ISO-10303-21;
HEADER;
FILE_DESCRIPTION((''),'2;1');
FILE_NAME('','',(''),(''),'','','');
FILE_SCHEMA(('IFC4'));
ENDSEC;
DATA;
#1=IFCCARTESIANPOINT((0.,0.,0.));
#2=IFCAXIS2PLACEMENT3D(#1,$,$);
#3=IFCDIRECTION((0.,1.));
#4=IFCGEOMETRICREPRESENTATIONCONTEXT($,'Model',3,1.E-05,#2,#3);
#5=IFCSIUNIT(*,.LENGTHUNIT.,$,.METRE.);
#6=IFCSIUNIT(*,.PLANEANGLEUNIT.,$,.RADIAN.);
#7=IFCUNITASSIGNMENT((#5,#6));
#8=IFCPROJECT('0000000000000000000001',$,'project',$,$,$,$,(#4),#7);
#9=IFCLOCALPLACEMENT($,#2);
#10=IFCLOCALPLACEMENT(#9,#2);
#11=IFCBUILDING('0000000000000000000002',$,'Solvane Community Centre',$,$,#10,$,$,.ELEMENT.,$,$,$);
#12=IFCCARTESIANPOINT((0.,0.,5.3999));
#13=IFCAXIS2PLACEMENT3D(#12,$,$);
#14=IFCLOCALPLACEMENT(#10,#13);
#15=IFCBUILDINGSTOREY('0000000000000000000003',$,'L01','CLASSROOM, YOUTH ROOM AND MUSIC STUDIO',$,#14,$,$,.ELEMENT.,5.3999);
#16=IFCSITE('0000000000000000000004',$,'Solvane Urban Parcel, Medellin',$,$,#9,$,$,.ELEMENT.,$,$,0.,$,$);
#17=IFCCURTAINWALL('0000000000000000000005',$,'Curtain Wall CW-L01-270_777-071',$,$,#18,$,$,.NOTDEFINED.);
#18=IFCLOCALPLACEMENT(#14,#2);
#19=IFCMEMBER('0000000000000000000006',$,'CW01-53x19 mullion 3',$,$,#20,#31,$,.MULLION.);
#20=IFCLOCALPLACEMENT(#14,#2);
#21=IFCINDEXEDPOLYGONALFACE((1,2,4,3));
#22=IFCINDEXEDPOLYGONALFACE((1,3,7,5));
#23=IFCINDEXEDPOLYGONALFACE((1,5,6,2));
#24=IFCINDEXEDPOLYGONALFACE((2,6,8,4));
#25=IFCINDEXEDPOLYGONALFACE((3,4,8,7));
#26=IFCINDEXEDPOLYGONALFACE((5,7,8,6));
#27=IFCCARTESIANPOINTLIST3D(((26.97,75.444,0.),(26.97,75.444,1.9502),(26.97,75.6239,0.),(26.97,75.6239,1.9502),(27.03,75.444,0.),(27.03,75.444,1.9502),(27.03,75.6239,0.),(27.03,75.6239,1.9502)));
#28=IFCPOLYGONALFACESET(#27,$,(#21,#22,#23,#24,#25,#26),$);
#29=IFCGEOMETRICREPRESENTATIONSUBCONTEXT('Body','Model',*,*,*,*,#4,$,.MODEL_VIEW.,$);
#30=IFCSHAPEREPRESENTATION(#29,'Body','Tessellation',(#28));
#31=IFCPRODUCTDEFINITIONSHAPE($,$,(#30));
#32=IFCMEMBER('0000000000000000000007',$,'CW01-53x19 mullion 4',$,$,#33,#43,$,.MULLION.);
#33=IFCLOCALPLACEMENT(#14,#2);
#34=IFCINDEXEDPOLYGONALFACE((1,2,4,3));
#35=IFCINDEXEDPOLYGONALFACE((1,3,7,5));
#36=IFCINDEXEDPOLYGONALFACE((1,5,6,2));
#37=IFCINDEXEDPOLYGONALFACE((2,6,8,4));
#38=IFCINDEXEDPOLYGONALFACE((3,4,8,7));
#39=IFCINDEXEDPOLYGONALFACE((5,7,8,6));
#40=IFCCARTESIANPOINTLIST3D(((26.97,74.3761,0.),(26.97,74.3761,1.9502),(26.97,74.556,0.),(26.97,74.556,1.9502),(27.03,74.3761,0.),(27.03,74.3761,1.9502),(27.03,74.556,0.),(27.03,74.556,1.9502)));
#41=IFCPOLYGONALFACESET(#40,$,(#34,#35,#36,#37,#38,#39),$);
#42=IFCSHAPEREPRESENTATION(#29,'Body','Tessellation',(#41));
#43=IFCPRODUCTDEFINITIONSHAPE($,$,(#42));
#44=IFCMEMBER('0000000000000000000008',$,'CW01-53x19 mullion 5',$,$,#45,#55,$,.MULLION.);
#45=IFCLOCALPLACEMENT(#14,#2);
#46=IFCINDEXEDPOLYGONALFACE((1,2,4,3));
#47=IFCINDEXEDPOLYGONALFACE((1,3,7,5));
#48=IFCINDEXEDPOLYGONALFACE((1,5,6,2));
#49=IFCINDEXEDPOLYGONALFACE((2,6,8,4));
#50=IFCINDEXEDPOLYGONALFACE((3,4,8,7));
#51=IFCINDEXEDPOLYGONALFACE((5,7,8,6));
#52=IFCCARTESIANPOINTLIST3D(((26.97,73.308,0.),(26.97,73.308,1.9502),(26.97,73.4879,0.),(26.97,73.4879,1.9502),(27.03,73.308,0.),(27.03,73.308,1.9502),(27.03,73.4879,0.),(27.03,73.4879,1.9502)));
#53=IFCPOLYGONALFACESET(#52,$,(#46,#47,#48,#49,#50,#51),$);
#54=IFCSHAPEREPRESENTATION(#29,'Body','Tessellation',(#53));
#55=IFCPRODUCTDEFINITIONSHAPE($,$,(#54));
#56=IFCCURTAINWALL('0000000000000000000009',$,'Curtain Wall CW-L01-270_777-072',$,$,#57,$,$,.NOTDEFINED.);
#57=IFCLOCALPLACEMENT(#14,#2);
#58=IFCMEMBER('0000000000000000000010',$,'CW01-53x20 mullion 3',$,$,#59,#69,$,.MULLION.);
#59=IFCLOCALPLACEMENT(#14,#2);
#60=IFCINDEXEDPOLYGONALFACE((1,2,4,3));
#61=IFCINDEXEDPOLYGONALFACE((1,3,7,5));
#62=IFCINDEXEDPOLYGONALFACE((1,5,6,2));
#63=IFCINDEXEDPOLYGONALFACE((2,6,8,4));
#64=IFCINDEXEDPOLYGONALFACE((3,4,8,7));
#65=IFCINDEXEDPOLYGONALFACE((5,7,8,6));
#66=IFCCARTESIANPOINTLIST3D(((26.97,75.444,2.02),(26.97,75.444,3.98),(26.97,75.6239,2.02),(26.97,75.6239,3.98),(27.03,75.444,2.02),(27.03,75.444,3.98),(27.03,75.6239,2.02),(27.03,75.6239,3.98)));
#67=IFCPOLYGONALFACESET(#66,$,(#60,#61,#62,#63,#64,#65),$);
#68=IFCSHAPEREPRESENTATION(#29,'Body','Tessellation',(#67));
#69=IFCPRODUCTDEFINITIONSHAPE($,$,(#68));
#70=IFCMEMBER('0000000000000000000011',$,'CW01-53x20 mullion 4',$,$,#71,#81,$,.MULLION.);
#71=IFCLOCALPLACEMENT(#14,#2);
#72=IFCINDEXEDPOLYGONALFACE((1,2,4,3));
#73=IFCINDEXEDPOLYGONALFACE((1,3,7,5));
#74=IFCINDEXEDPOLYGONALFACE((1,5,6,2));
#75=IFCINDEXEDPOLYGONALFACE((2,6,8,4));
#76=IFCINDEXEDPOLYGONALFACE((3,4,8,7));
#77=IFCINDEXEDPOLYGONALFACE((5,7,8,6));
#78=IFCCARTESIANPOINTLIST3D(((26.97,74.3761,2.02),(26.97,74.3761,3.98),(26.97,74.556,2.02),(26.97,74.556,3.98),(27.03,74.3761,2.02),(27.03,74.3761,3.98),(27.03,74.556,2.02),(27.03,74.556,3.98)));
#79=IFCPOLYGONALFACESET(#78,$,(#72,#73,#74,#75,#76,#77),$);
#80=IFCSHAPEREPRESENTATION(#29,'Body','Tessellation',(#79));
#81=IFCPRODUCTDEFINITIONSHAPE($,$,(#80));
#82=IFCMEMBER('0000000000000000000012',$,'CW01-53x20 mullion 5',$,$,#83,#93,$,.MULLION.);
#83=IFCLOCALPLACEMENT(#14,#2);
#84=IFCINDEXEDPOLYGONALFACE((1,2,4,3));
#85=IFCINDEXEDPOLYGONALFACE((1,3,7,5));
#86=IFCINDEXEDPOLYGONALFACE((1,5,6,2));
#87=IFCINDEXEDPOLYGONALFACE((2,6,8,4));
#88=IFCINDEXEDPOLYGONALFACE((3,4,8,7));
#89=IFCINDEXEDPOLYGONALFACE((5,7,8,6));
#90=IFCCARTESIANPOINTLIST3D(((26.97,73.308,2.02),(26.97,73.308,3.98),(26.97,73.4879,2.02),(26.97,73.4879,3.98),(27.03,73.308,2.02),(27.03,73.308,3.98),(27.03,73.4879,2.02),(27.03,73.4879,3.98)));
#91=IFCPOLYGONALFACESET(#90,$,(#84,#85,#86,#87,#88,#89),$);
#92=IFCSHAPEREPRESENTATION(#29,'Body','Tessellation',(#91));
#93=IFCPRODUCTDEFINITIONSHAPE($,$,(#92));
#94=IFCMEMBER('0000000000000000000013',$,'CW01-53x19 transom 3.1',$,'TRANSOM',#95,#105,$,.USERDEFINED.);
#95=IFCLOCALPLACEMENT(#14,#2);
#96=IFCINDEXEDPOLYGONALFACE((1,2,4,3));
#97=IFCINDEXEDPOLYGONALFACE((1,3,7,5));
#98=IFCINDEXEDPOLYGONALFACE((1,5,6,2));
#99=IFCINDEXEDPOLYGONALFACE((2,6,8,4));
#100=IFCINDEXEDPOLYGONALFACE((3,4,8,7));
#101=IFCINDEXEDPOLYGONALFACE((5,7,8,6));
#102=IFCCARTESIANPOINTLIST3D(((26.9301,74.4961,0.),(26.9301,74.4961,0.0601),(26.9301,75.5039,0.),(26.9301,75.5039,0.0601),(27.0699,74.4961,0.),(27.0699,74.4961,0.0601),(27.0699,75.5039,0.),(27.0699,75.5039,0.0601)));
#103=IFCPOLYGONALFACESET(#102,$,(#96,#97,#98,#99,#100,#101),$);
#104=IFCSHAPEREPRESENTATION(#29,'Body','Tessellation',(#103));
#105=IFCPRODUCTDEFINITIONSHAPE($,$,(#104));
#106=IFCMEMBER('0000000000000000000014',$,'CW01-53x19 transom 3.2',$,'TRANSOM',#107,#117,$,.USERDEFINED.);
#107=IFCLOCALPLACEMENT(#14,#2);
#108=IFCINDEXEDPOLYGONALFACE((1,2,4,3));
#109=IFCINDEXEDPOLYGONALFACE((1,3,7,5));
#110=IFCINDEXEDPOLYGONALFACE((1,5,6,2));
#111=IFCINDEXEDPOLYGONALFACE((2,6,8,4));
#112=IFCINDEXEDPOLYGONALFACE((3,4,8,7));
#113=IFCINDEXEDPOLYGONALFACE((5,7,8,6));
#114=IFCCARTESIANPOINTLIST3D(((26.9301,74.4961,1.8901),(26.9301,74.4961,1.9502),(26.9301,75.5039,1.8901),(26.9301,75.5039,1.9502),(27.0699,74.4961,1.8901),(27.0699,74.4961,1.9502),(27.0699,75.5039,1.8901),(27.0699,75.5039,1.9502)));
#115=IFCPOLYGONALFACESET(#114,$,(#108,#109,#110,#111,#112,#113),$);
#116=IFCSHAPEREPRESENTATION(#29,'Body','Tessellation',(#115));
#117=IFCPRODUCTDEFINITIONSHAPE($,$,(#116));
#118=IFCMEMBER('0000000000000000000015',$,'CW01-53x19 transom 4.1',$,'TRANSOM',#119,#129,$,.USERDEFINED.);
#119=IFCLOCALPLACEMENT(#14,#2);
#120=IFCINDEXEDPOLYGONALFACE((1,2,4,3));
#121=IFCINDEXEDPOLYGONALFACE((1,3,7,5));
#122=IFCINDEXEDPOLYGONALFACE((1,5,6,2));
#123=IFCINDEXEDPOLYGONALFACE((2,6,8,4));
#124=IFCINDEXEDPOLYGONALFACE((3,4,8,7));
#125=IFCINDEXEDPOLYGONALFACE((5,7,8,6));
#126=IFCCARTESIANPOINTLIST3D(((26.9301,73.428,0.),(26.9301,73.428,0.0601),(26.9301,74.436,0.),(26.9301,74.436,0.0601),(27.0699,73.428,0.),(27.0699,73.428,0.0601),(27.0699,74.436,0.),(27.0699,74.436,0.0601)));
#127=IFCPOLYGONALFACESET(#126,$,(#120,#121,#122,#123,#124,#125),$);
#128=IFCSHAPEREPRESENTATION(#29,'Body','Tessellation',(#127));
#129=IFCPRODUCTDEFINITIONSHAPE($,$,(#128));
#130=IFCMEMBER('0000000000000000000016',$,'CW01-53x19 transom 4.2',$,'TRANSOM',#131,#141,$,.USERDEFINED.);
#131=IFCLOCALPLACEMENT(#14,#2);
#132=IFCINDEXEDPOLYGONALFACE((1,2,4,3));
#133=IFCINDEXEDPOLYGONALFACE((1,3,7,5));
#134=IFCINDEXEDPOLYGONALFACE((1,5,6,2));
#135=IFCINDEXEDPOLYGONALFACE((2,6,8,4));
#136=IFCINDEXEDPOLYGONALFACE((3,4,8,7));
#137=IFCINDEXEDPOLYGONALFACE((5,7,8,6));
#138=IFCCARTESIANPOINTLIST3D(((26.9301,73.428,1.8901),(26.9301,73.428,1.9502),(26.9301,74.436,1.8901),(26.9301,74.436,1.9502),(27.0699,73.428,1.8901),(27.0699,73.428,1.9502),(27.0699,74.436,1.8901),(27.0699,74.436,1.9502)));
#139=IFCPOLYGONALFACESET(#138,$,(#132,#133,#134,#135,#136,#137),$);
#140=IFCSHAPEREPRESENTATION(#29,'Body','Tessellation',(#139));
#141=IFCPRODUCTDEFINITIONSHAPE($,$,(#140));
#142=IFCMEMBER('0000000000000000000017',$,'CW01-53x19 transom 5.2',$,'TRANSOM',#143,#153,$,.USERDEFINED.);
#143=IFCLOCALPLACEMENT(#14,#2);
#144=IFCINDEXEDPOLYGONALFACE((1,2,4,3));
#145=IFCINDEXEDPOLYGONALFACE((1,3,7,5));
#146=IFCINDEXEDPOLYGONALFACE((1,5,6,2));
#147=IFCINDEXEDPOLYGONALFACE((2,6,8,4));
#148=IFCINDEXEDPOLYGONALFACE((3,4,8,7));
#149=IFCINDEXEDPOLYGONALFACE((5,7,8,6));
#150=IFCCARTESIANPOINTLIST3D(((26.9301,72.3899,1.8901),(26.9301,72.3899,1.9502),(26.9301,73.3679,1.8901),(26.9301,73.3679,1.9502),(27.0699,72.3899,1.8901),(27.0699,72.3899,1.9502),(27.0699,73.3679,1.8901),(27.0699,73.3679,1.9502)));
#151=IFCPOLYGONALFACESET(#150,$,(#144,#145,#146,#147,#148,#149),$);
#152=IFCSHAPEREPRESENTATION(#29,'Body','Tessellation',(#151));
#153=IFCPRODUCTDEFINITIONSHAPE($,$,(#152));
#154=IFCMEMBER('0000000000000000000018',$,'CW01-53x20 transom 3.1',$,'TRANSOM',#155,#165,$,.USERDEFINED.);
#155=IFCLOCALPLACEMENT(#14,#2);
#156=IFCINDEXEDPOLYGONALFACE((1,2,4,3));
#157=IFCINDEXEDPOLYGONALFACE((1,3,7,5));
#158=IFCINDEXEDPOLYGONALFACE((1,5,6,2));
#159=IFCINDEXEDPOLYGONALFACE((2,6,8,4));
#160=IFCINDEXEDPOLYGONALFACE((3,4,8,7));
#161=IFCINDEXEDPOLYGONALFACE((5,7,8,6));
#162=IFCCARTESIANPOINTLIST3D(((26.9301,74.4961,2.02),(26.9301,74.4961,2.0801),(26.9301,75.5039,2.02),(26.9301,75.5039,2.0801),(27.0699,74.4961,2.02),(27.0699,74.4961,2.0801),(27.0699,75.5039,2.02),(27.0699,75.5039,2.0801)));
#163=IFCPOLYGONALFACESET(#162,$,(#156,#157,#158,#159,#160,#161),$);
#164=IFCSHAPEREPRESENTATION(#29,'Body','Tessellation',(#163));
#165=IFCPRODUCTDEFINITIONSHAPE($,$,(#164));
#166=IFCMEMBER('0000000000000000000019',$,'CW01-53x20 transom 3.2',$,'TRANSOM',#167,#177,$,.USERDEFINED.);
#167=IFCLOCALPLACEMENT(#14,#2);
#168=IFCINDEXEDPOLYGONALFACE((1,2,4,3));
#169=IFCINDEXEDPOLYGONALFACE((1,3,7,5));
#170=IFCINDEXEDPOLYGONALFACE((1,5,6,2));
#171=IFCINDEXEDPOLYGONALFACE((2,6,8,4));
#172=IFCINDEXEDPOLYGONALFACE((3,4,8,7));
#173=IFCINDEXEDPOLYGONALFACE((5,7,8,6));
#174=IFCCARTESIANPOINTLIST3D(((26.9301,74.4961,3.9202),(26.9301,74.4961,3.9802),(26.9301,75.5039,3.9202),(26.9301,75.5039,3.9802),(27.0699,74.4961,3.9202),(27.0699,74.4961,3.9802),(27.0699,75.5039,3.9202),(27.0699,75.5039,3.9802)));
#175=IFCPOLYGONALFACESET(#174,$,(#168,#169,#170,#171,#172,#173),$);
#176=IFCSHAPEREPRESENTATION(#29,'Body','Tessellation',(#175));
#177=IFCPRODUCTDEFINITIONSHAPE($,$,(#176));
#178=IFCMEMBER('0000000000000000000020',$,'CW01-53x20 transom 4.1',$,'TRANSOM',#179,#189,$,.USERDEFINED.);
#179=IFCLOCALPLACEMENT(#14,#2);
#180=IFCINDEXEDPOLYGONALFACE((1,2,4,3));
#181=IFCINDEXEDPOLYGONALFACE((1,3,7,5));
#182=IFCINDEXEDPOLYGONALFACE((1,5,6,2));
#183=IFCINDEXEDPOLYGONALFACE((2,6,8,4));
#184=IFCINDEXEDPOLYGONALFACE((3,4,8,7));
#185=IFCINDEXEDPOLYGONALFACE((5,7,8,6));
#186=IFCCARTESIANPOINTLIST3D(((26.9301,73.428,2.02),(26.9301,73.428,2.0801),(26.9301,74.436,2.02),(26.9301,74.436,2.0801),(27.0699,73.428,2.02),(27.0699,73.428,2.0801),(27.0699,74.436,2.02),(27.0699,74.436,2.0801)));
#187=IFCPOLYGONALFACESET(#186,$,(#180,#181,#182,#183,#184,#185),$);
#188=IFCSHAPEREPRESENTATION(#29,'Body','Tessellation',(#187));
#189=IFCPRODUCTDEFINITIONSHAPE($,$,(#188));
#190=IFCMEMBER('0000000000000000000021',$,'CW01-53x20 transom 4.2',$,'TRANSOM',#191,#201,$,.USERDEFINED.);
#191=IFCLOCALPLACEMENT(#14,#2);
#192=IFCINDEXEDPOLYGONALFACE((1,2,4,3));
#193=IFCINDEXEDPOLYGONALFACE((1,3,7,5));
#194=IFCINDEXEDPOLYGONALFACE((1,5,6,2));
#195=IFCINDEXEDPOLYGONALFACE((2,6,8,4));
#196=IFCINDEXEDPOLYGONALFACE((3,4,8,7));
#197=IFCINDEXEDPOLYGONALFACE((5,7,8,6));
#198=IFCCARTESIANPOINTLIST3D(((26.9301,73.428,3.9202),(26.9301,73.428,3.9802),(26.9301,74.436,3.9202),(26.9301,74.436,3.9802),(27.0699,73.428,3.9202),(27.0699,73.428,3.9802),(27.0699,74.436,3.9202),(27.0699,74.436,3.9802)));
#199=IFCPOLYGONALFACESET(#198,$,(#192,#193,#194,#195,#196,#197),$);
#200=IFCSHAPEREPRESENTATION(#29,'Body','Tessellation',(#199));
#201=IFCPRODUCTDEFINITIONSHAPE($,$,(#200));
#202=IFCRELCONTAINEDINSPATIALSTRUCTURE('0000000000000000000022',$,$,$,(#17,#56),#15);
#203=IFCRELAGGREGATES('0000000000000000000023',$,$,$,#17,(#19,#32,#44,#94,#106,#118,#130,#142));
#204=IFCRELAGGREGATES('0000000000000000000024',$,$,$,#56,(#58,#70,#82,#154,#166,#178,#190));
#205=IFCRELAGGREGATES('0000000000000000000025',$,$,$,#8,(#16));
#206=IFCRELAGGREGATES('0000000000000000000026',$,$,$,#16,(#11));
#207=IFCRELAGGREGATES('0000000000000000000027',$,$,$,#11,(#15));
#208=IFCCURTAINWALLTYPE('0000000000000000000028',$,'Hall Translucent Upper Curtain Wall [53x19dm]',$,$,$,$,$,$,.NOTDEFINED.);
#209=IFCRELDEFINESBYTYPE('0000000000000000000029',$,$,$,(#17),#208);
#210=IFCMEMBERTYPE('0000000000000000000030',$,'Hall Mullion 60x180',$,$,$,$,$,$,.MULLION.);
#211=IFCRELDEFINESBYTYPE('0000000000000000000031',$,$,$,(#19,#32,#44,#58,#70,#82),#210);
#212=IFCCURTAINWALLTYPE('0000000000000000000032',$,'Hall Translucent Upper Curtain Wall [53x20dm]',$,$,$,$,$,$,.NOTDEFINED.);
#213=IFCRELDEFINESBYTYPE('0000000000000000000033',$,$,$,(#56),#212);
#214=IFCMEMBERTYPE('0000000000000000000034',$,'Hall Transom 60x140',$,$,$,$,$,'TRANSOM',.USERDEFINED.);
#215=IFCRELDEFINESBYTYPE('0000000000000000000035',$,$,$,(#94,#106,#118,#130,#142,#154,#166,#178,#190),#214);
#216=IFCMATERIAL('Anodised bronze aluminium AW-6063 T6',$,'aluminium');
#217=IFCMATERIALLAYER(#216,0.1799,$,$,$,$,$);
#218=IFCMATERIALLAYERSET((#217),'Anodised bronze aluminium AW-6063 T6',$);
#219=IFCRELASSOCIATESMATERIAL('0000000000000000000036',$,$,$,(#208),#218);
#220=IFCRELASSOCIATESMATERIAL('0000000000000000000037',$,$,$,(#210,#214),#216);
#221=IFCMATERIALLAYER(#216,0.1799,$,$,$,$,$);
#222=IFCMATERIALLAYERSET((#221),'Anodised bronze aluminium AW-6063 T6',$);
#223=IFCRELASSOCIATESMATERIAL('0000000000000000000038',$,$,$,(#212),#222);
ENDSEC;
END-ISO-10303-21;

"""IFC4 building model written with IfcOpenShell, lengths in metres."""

from ifc_helpers import new_model, si_unit, direction, frame, origin, origin_2d, place, context, subcontext, project, spatial, rectangle, extrude, material, layer, layer_set, material_profile, profile_set, type_object, element, aggregate, save


model = new_model("IFC4")

# Units and contexts
model_context = context("Model", 3, precision=1e-05, world=origin(), true_north=direction((0.0, 1.0)))
body_context = subcontext(model_context, "Body", "Model", "MODEL_VIEW")
ifc_project = project(units=[si_unit("LENGTHUNIT", "METRE"), si_unit("PLANEANGLEUNIT", "RADIAN")], contexts=[model_context])

# Site, building, storey
site_placement = place(None, origin())
site = spatial("IfcSite", under=ifc_project, at=site_placement, Name="Solvane Urban Parcel, Medellin", CompositionType="ELEMENT", RefElevation=0.0)
building_placement = place(site_placement, origin())
building = spatial("IfcBuilding", under=site, at=building_placement, Name="Solvane Community Centre", CompositionType="ELEMENT")
storey_placement = place(building_placement, frame((0.0, 0.0, 5.3999)))
storey = spatial("IfcBuildingStorey", under=building, at=storey_placement, Name="L01", Description="CLASSROOM, YOUTH ROOM AND MUSIC STUDIO", CompositionType="ELEMENT", Elevation=5.3999)

# Curtain walls, members
ifc_material_1 = material(Name="Anodised bronze aluminium AW-6063 T6", Category="aluminium")
ifc_layer_1 = layer(ifc_material_1, 0.1799)
ifc_layer_set_1 = layer_set([ifc_layer_1], Name="Anodised bronze aluminium AW-6063 T6")
curtain_wall_type_1 = type_object("IfcCurtainWallType", Name="Hall Translucent Upper Curtain Wall [53x19dm]", PredefinedType="NOTDEFINED", material=ifc_layer_set_1)
curtain_wall_1_placement = place(storey_placement, origin())
curtain_wall_1 = element("IfcCurtainWall", 1, at=curtain_wall_1_placement, inside=storey, type_object=curtain_wall_type_1, Name="Curtain Wall CW-L01-270_777-071", PredefinedType="NOTDEFINED")
ifc_material_profile_1 = material_profile(ifc_material_1, rectangle(XDim=0.0601, YDim=0.1799, at=origin_2d()), Name="CW-M 60x180")
ifc_profile_set_1 = profile_set([ifc_material_profile_1], Name="Anodised bronze aluminium AW-6063 T6")
member_type_1 = type_object("IfcMemberType", Name="Hall Mullion 60x180", PredefinedType="MULLION", material=ifc_profile_set_1)
member_1_placement = place(storey_placement, frame((27.0, 75.5339, 0.0), z_axis=(0.0, 0.0, 1.0), x_axis=(1.0, 0.0, 0.0)))
member_1 = element("IfcMember", 2, at=member_1_placement, type_object=member_type_1, Name="CW01-53x19 mullion 3", PredefinedType="MULLION", context=body_context, shape_type="SweptSolid", body=[
    extrude(rectangle(XDim=0.0601, YDim=0.1799, at=origin_2d()), origin(), (0.0, 0.0, 1.0), 1.9502),
])
member_2_placement = place(storey_placement, frame((27.0, 74.4661, 0.0), z_axis=(0.0, 0.0, 1.0), x_axis=(1.0, 0.0, 0.0)))
member_2 = element("IfcMember", 3, at=member_2_placement, type_object=member_type_1, Name="CW01-53x19 mullion 4", PredefinedType="MULLION", context=body_context, shape_type="SweptSolid", body=[
    extrude(rectangle(XDim=0.0601, YDim=0.1799, at=origin_2d()), origin(), (0.0, 0.0, 1.0), 1.9502),
])
member_3_placement = place(storey_placement, frame((27.0, 73.3979, 0.0), z_axis=(0.0, 0.0, 1.0), x_axis=(1.0, 0.0, 0.0)))
member_3 = element("IfcMember", 4, at=member_3_placement, type_object=member_type_1, Name="CW01-53x19 mullion 5", PredefinedType="MULLION", context=body_context, shape_type="SweptSolid", body=[
    extrude(rectangle(XDim=0.0601, YDim=0.1799, at=origin_2d()), origin(), (0.0, 0.0, 1.0), 1.9502),
])
ifc_layer_2 = layer(ifc_material_1, 0.1799)
ifc_layer_set_2 = layer_set([ifc_layer_2], Name="Anodised bronze aluminium AW-6063 T6")
curtain_wall_type_2 = type_object("IfcCurtainWallType", Name="Hall Translucent Upper Curtain Wall [53x20dm]", PredefinedType="NOTDEFINED", material=ifc_layer_set_2)
curtain_wall_2_placement = place(storey_placement, origin())
curtain_wall_2 = element("IfcCurtainWall", 5, at=curtain_wall_2_placement, inside=storey, type_object=curtain_wall_type_2, Name="Curtain Wall CW-L01-270_777-072", PredefinedType="NOTDEFINED")
member_4_placement = place(storey_placement, frame((27.0, 75.5339, 2.02), z_axis=(0.0, 0.0, 1.0), x_axis=(1.0, 0.0, 0.0)))
member_4 = element("IfcMember", 6, at=member_4_placement, type_object=member_type_1, Name="CW01-53x20 mullion 3", PredefinedType="MULLION", context=body_context, shape_type="SweptSolid", body=[
    extrude(rectangle(XDim=0.0601, YDim=0.1799, at=origin_2d()), origin(), (0.0, 0.0, 1.0), 1.96),
])
member_5_placement = place(storey_placement, frame((27.0, 74.4661, 2.02), z_axis=(0.0, 0.0, 1.0), x_axis=(1.0, 0.0, 0.0)))
member_5 = element("IfcMember", 7, at=member_5_placement, type_object=member_type_1, Name="CW01-53x20 mullion 4", PredefinedType="MULLION", context=body_context, shape_type="SweptSolid", body=[
    extrude(rectangle(XDim=0.0601, YDim=0.1799, at=origin_2d()), origin(), (0.0, 0.0, 1.0), 1.96),
])
member_6_placement = place(storey_placement, frame((27.0, 73.3979, 2.02), z_axis=(0.0, 0.0, 1.0), x_axis=(1.0, 0.0, 0.0)))
member_6 = element("IfcMember", 8, at=member_6_placement, type_object=member_type_1, Name="CW01-53x20 mullion 5", PredefinedType="MULLION", context=body_context, shape_type="SweptSolid", body=[
    extrude(rectangle(XDim=0.0601, YDim=0.1799, at=origin_2d()), origin(), (0.0, 0.0, 1.0), 1.96),
])

# Members
ifc_material_profile_2 = material_profile(ifc_material_1, rectangle(XDim=0.1399, YDim=0.0601, at=origin_2d()), Name="CW-T 60x140")
ifc_profile_set_2 = profile_set([ifc_material_profile_2], Name="Anodised bronze aluminium AW-6063 T6")
member_type_2 = type_object("IfcMemberType", Name="Hall Transom 60x140", ElementType="TRANSOM", PredefinedType="USERDEFINED", material=ifc_profile_set_2)
member_7_placement = place(storey_placement, frame((27.0, 75.5039, 0.03), z_axis=(0.0, -1.0, 0.0), x_axis=(1.0, 0.0, 0.0)))
member_7 = element("IfcMember", 9, at=member_7_placement, type_object=member_type_2, Name="CW01-53x19 transom 3.1", ObjectType="TRANSOM", PredefinedType="USERDEFINED", context=body_context, shape_type="SweptSolid", body=[
    extrude(rectangle(XDim=0.1399, YDim=0.0601, at=origin_2d()), origin(), (0.0, 0.0, 1.0), 1.0078),
])
member_8_placement = place(storey_placement, frame((27.0, 75.5039, 1.9202), z_axis=(0.0, -1.0, 0.0), x_axis=(1.0, 0.0, 0.0)))
member_8 = element("IfcMember", 10, at=member_8_placement, type_object=member_type_2, Name="CW01-53x19 transom 3.2", ObjectType="TRANSOM", PredefinedType="USERDEFINED", context=body_context, shape_type="SweptSolid", body=[
    extrude(rectangle(XDim=0.1399, YDim=0.0601, at=origin_2d()), origin(), (0.0, 0.0, 1.0), 1.0078),
])
member_9_placement = place(storey_placement, frame((27.0, 74.436, 0.03), z_axis=(0.0, -1.0, 0.0), x_axis=(1.0, 0.0, 0.0)))
member_9 = element("IfcMember", 11, at=member_9_placement, type_object=member_type_2, Name="CW01-53x19 transom 4.1", ObjectType="TRANSOM", PredefinedType="USERDEFINED", context=body_context, shape_type="SweptSolid", body=[
    extrude(rectangle(XDim=0.1399, YDim=0.0601, at=origin_2d()), origin(), (0.0, 0.0, 1.0), 1.0081),
])
member_10_placement = place(storey_placement, frame((27.0, 74.436, 1.9202), z_axis=(0.0, -1.0, 0.0), x_axis=(1.0, 0.0, 0.0)))
member_10 = element("IfcMember", 12, at=member_10_placement, type_object=member_type_2, Name="CW01-53x19 transom 4.2", ObjectType="TRANSOM", PredefinedType="USERDEFINED", context=body_context, shape_type="SweptSolid", body=[
    extrude(rectangle(XDim=0.1399, YDim=0.0601, at=origin_2d()), origin(), (0.0, 0.0, 1.0), 1.0081),
])
member_11_placement = place(storey_placement, frame((27.0, 73.3679, 1.9202), z_axis=(0.0, -1.0, 0.0), x_axis=(1.0, 0.0, 0.0)))
member_11 = element("IfcMember", 13, at=member_11_placement, type_object=member_type_2, Name="CW01-53x19 transom 5.2", ObjectType="TRANSOM", PredefinedType="USERDEFINED", context=body_context, shape_type="SweptSolid", body=[
    extrude(rectangle(XDim=0.1399, YDim=0.0601, at=origin_2d()), origin(), (0.0, 0.0, 1.0), 0.978),
])
member_12_placement = place(storey_placement, frame((27.0, 75.5039, 2.05), z_axis=(0.0, -1.0, 0.0), x_axis=(1.0, 0.0, 0.0)))
member_12 = element("IfcMember", 14, at=member_12_placement, type_object=member_type_2, Name="CW01-53x20 transom 3.1", ObjectType="TRANSOM", PredefinedType="USERDEFINED", context=body_context, shape_type="SweptSolid", body=[
    extrude(rectangle(XDim=0.1399, YDim=0.0601, at=origin_2d()), origin(), (0.0, 0.0, 1.0), 1.0078),
])
member_13_placement = place(storey_placement, frame((27.0, 75.5039, 3.9502), z_axis=(0.0, -1.0, 0.0), x_axis=(1.0, 0.0, 0.0)))
member_13 = element("IfcMember", 15, at=member_13_placement, type_object=member_type_2, Name="CW01-53x20 transom 3.2", ObjectType="TRANSOM", PredefinedType="USERDEFINED", context=body_context, shape_type="SweptSolid", body=[
    extrude(rectangle(XDim=0.1399, YDim=0.0601, at=origin_2d()), origin(), (0.0, 0.0, 1.0), 1.0078),
])
member_14_placement = place(storey_placement, frame((27.0, 74.436, 2.05), z_axis=(0.0, -1.0, 0.0), x_axis=(1.0, 0.0, 0.0)))
member_14 = element("IfcMember", 16, at=member_14_placement, type_object=member_type_2, Name="CW01-53x20 transom 4.1", ObjectType="TRANSOM", PredefinedType="USERDEFINED", context=body_context, shape_type="SweptSolid", body=[
    extrude(rectangle(XDim=0.1399, YDim=0.0601, at=origin_2d()), origin(), (0.0, 0.0, 1.0), 1.0081),
])
member_15_placement = place(storey_placement, frame((27.0, 74.436, 3.9502), z_axis=(0.0, -1.0, 0.0), x_axis=(1.0, 0.0, 0.0)))
member_15 = element("IfcMember", 17, at=member_15_placement, type_object=member_type_2, Name="CW01-53x20 transom 4.2", ObjectType="TRANSOM", PredefinedType="USERDEFINED", context=body_context, shape_type="SweptSolid", body=[
    extrude(rectangle(XDim=0.1399, YDim=0.0601, at=origin_2d()), origin(), (0.0, 0.0, 1.0), 1.0081),
])

aggregate(curtain_wall_1, [member_1, member_2, member_3, member_7, member_8, member_9, member_10, member_11])
aggregate(curtain_wall_2, [member_4, member_5, member_6, member_12, member_13, member_14, member_15])

save(model, "model.ifc")
